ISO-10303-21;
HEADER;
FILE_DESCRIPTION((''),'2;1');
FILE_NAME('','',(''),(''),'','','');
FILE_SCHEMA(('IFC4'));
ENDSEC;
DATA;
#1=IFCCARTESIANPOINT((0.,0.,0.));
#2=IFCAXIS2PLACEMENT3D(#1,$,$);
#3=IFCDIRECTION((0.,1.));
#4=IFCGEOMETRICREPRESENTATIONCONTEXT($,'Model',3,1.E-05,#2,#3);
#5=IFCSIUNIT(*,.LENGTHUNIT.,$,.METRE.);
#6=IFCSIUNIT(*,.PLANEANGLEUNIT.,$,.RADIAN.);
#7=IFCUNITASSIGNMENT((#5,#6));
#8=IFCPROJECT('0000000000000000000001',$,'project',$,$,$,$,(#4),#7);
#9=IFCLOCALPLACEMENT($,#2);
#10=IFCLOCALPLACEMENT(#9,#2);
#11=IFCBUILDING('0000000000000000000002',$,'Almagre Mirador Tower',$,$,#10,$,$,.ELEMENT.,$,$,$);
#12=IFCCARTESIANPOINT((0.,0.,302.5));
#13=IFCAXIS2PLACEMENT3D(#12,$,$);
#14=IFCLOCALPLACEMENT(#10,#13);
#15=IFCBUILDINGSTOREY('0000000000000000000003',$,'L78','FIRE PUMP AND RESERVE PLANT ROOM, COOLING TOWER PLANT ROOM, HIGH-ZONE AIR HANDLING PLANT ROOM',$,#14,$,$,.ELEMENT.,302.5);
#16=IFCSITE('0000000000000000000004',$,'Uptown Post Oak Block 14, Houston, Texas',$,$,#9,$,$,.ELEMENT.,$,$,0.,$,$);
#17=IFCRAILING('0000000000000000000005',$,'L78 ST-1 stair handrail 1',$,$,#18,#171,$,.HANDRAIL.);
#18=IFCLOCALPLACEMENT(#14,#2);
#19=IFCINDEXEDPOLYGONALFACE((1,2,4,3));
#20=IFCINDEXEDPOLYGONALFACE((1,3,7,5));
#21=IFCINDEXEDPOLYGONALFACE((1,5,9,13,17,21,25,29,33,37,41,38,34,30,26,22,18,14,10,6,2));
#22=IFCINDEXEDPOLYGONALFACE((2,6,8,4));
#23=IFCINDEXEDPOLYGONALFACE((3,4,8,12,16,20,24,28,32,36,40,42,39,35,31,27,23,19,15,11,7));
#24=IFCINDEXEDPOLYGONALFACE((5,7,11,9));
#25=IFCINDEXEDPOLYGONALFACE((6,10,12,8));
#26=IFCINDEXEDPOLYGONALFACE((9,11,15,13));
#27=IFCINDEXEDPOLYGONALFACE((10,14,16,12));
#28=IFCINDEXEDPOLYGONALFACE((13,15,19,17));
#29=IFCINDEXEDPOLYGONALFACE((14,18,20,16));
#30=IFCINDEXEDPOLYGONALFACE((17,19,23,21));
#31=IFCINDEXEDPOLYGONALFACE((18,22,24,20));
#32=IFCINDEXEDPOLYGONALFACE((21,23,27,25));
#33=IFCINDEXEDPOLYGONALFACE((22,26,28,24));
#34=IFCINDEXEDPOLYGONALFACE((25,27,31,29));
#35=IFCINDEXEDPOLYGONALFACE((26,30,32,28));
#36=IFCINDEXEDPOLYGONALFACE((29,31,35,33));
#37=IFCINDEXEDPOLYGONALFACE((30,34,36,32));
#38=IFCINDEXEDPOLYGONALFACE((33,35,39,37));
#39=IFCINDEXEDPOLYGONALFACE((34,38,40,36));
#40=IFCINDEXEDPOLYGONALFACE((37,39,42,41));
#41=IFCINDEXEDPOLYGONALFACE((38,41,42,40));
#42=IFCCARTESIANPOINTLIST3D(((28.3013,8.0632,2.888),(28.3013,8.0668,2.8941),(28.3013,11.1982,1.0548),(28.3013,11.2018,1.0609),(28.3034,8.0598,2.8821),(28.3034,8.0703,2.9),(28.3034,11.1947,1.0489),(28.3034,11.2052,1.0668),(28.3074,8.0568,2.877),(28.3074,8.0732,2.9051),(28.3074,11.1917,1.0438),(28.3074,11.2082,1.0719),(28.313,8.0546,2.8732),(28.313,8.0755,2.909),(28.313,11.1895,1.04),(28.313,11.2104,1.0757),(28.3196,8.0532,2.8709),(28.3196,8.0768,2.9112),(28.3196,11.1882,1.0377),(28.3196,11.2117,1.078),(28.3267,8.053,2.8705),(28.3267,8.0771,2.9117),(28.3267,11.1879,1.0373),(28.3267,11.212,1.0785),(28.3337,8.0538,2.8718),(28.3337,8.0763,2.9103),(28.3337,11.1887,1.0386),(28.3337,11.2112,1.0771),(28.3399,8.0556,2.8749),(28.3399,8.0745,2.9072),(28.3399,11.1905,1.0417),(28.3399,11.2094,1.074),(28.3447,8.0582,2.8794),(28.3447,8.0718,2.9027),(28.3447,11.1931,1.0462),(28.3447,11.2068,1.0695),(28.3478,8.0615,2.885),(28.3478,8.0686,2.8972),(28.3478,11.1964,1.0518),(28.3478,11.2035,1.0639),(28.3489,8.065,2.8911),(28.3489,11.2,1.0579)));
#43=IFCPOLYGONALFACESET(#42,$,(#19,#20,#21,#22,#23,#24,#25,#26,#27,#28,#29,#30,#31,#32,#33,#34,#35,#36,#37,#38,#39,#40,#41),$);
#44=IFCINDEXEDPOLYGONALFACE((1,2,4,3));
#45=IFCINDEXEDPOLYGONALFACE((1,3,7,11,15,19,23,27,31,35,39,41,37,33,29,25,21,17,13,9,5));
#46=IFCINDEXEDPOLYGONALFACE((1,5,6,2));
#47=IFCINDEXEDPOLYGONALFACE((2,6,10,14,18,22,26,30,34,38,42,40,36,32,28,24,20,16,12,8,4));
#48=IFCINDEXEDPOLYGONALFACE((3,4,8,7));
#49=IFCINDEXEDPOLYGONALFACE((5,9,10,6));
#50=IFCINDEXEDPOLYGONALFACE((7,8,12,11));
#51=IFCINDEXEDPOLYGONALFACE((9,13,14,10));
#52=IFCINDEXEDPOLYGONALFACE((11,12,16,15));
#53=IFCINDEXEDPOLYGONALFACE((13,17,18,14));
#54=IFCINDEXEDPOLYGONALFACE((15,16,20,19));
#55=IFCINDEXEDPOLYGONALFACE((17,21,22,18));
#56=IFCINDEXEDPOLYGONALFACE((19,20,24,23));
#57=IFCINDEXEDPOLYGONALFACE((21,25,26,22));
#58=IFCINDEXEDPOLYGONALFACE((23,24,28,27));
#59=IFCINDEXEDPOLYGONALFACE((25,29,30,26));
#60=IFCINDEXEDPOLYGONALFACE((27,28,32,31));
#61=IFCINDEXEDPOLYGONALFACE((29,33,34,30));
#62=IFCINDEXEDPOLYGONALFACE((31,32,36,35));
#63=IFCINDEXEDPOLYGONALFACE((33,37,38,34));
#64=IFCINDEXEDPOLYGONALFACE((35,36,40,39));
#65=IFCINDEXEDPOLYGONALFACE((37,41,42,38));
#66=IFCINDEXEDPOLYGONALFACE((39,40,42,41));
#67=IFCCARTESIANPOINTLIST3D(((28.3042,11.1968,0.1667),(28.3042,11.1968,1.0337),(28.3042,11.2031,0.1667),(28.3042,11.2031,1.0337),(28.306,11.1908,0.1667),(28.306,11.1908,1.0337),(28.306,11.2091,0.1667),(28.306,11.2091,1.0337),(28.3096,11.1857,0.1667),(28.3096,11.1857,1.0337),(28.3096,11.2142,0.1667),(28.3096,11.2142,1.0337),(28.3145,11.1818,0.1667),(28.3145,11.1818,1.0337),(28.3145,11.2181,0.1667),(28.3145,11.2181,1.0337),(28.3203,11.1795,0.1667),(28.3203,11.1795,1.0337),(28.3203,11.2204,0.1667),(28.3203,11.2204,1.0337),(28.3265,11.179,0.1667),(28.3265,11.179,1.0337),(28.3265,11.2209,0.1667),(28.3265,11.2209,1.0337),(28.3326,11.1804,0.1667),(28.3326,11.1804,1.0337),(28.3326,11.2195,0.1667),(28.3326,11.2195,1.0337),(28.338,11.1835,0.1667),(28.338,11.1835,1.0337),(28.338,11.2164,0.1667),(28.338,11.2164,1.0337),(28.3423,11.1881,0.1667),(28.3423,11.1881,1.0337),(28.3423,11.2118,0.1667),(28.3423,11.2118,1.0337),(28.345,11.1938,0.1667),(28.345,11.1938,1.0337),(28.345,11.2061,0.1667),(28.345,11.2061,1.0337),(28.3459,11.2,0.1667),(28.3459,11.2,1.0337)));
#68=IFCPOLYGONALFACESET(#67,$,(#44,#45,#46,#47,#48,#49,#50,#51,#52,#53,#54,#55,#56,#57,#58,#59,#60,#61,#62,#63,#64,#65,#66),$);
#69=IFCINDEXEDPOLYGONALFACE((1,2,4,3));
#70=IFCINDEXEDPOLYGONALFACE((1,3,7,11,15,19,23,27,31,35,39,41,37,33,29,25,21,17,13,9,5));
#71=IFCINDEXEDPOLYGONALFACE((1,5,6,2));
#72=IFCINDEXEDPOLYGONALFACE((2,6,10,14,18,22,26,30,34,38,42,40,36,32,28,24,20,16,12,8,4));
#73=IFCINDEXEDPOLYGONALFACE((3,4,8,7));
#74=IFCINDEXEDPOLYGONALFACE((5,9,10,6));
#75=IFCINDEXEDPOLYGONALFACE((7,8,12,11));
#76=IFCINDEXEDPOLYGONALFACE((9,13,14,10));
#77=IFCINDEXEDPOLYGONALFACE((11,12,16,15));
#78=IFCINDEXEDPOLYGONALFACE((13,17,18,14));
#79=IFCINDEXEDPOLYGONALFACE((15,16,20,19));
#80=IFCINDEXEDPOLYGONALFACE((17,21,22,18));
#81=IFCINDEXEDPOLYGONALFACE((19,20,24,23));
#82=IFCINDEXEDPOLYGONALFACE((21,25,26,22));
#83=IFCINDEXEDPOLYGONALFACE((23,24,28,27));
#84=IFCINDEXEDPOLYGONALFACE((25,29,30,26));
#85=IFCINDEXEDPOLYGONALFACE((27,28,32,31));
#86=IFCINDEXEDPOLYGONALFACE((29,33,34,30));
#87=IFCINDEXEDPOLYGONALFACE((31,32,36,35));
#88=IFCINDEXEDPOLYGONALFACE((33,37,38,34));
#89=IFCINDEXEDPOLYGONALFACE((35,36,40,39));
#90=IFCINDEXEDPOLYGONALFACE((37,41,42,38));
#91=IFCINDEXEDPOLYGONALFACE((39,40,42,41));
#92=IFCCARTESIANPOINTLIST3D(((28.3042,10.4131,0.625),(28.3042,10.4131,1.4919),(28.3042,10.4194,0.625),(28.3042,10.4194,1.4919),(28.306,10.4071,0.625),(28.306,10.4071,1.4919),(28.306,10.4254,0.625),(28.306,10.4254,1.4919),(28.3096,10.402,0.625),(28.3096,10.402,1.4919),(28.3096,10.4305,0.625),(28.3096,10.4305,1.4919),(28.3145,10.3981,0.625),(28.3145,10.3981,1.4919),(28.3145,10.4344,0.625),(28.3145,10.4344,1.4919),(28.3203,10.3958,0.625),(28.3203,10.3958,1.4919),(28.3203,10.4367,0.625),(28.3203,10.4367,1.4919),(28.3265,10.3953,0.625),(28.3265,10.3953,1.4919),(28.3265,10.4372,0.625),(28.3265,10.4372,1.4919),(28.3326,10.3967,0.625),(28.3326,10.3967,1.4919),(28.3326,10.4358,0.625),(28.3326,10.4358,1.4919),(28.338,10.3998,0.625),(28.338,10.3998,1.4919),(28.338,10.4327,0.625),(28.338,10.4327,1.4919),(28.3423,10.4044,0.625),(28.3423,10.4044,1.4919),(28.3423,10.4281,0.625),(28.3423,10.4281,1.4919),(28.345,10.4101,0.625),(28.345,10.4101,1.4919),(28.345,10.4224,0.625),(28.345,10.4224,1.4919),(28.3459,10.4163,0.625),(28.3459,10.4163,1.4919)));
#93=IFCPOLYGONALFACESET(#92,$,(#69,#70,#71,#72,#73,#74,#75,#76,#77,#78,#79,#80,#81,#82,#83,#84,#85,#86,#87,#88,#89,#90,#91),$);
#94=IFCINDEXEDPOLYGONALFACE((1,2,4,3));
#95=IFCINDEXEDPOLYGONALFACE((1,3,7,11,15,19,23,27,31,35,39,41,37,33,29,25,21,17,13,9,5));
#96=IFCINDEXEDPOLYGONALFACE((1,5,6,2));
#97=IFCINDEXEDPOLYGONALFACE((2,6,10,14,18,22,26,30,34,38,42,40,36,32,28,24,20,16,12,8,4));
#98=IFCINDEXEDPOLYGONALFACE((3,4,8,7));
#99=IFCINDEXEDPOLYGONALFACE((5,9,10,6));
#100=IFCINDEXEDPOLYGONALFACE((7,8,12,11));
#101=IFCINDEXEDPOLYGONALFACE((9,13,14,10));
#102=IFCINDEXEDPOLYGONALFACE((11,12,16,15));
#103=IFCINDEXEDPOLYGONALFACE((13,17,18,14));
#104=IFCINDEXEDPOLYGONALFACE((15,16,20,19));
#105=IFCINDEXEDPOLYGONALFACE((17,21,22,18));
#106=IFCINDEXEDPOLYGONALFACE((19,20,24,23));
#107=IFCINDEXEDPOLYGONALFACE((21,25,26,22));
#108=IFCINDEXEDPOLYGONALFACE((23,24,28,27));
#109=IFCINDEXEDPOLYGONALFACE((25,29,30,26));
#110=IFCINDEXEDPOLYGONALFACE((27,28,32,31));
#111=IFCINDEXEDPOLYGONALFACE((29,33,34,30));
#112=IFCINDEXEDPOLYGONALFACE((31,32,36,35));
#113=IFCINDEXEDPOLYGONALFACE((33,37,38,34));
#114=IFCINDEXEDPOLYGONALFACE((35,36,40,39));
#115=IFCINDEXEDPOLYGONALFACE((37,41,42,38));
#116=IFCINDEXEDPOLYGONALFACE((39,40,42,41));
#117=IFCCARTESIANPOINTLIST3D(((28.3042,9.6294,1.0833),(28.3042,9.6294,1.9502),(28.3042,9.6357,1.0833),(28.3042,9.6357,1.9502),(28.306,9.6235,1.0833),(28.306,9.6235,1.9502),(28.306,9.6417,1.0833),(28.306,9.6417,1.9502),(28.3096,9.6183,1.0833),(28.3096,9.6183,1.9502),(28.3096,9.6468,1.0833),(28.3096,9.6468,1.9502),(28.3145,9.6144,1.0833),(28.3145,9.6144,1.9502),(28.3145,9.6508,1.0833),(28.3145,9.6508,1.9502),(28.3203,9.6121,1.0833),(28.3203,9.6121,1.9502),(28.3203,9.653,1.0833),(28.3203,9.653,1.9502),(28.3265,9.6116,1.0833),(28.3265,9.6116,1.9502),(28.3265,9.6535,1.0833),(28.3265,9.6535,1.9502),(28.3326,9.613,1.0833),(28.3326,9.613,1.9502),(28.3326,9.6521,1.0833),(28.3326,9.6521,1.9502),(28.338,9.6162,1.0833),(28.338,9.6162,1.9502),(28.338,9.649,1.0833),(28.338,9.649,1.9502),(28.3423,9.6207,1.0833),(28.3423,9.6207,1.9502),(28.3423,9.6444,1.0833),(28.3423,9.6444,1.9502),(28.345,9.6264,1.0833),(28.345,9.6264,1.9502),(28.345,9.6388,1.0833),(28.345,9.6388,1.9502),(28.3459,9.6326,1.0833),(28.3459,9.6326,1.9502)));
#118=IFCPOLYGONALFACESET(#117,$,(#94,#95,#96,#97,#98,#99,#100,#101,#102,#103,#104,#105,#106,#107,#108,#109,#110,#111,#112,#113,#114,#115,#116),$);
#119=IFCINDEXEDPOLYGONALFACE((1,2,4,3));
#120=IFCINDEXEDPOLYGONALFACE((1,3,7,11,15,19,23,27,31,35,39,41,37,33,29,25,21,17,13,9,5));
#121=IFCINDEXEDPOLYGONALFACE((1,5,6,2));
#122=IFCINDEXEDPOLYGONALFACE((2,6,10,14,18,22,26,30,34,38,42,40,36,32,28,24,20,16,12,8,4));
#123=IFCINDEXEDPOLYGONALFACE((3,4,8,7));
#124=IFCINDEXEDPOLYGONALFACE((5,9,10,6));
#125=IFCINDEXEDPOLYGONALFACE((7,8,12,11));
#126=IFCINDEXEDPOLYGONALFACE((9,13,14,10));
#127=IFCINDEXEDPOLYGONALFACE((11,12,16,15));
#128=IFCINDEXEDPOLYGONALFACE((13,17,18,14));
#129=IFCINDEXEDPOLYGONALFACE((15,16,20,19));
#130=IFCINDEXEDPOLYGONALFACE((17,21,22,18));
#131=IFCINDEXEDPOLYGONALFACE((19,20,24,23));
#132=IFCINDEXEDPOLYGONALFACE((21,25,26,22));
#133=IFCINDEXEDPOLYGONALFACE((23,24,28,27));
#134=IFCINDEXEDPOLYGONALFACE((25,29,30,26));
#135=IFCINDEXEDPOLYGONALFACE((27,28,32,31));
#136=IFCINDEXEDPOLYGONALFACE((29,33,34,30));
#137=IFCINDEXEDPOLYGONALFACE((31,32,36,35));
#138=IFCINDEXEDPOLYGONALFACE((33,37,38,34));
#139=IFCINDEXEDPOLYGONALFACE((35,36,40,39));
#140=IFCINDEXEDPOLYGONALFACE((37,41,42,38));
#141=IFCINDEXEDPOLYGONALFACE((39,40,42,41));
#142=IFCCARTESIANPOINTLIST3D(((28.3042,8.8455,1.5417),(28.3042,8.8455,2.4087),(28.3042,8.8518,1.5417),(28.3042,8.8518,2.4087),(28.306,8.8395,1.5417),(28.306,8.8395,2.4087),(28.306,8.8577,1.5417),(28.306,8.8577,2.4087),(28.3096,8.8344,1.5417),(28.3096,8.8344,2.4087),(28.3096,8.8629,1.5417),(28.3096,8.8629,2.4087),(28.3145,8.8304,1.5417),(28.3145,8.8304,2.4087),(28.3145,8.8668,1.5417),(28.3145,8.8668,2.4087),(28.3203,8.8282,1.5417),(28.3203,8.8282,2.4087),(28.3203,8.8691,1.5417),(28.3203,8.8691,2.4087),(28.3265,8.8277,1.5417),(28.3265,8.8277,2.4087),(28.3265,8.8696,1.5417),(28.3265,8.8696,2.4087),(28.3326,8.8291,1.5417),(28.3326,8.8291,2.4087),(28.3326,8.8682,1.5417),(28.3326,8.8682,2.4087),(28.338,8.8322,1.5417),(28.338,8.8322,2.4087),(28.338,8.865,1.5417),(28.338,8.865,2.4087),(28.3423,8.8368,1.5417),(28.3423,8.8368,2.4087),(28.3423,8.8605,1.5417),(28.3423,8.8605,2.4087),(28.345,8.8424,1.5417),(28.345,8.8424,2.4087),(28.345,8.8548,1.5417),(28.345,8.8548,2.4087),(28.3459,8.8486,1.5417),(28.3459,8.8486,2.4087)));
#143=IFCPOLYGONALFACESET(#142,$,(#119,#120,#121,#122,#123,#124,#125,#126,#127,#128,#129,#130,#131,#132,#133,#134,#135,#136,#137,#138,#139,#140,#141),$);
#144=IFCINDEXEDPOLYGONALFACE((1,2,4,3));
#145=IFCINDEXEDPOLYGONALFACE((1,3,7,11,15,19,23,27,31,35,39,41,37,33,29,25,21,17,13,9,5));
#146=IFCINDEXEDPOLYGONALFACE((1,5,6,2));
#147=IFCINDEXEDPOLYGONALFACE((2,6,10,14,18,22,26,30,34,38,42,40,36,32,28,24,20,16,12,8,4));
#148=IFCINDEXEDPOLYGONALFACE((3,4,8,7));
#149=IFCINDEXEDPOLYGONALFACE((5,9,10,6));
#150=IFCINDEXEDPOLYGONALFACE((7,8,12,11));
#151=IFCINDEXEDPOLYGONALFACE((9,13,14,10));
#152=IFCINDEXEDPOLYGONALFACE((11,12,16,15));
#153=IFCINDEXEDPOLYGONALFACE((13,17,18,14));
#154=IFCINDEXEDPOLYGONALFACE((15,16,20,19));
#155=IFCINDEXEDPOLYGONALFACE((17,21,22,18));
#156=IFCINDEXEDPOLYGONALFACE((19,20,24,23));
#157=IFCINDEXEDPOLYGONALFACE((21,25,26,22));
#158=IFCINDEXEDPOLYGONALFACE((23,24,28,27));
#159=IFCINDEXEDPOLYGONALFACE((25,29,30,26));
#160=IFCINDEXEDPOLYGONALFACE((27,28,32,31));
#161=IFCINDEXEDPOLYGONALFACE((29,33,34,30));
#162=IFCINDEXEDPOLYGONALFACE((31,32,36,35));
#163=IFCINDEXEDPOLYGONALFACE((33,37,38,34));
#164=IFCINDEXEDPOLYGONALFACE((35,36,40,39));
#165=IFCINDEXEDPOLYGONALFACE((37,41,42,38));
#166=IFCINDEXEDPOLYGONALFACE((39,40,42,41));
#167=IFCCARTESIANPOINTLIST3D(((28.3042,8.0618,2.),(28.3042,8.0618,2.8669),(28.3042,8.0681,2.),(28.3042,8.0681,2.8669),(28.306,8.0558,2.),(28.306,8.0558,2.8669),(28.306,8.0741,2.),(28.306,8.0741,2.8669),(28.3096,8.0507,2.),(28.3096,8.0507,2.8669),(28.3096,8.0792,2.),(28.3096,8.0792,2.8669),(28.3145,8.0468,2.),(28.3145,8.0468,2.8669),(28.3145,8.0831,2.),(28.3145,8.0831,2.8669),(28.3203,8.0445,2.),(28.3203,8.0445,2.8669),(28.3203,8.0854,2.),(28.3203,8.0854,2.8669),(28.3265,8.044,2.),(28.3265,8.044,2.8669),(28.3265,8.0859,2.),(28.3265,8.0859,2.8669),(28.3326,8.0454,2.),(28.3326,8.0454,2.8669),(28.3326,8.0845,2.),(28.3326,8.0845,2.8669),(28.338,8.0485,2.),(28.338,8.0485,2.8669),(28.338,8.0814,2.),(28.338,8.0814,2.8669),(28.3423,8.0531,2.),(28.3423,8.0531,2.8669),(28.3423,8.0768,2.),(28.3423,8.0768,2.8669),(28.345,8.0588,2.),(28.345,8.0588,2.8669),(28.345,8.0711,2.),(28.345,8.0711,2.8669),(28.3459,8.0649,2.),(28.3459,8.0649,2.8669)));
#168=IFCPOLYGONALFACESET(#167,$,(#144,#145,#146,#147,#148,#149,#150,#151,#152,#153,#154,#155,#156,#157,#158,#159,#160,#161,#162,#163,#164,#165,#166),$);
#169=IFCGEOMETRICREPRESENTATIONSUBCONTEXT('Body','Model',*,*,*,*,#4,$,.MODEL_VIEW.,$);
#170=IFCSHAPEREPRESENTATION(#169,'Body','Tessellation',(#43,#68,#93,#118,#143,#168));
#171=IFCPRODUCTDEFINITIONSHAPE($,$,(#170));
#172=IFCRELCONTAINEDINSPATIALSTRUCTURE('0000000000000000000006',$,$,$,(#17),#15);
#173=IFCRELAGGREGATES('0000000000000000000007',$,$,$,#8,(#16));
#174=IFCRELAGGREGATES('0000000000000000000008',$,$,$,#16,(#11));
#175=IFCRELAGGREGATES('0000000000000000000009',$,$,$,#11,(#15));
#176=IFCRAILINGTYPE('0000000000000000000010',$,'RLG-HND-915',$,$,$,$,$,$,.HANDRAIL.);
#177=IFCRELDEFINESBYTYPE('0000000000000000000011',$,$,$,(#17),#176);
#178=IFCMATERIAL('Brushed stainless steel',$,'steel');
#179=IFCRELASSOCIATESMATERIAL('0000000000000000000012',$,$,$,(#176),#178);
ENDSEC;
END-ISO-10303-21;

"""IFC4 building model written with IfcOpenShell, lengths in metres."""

from ifc_helpers import new_model, si_unit, direction, frame, origin, origin_2d, place, context, subcontext, project, spatial, circle, extrude, material, type_object, element, save


model = new_model("IFC4")

# Units and contexts
model_context = context("Model", 3, precision=1e-05, world=origin(), true_north=direction((0.0, 1.0)))
body_context = subcontext(model_context, "Body", "Model", "MODEL_VIEW")
ifc_project = project(units=[si_unit("LENGTHUNIT", "METRE"), si_unit("PLANEANGLEUNIT", "RADIAN")], contexts=[model_context])

# Site, building, storey
site_placement = place(None, origin())
site = spatial("IfcSite", under=ifc_project, at=site_placement, Name="Uptown Post Oak Block 14, Houston, Texas", CompositionType="ELEMENT", RefElevation=0.0)
building_placement = place(site_placement, origin())
building = spatial("IfcBuilding", under=site, at=building_placement, Name="Almagre Mirador Tower", CompositionType="ELEMENT")
storey_placement = place(building_placement, frame((0.0, 0.0, 302.5)))
storey = spatial("IfcBuildingStorey", under=building, at=storey_placement, Name="L78", Description="FIRE PUMP AND RESERVE PLANT ROOM, COOLING TOWER PLANT ROOM, HIGH-ZONE AIR HANDLING PLANT ROOM", CompositionType="ELEMENT", Elevation=302.5)

# Railing
ifc_material_1 = material(Name="Brushed stainless steel", Category="steel")
railing_type = type_object("IfcRailingType", Name="RLG-HND-915", PredefinedType="HANDRAIL", material=ifc_material_1)
railing_placement = place(storey_placement, frame((28.325, 11.2, 0.1667)))
element("IfcRailing", 1, at=railing_placement, inside=storey, type_object=railing_type, Name="L78 ST-1 stair handrail 1", PredefinedType="HANDRAIL", context=body_context, shape_type="SweptSolid", body=[
    extrude(circle(Radius=0.0239, at=origin_2d()), frame((0.0, 0.0, 0.8911), z_axis=(0.0, -0.86324, 0.504794), x_axis=(1.0, 0.0, 0.0)), (0.0, 0.0, 1.0), 3.6316),
    extrude(circle(Radius=0.021, at=origin_2d()), origin(), (0.0, 0.0, 1.0), 0.8669),
    extrude(circle(Radius=0.021, at=origin_2d()), frame((0.0, -0.7837, 0.4583)), (0.0, 0.0, 1.0), 0.8669),
    extrude(circle(Radius=0.021, at=origin_2d()), frame((0.0, -1.5674, 0.9165)), (0.0, 0.0, 1.0), 0.8669),
    extrude(circle(Radius=0.021, at=origin_2d()), frame((0.0, -2.3513, 1.375)), (0.0, 0.0, 1.0), 0.8669),
    extrude(circle(Radius=0.021, at=origin_2d()), frame((0.0, -3.135, 1.8333)), (0.0, 0.0, 1.0), 0.8669),
])

save(model, "model.ifc")
